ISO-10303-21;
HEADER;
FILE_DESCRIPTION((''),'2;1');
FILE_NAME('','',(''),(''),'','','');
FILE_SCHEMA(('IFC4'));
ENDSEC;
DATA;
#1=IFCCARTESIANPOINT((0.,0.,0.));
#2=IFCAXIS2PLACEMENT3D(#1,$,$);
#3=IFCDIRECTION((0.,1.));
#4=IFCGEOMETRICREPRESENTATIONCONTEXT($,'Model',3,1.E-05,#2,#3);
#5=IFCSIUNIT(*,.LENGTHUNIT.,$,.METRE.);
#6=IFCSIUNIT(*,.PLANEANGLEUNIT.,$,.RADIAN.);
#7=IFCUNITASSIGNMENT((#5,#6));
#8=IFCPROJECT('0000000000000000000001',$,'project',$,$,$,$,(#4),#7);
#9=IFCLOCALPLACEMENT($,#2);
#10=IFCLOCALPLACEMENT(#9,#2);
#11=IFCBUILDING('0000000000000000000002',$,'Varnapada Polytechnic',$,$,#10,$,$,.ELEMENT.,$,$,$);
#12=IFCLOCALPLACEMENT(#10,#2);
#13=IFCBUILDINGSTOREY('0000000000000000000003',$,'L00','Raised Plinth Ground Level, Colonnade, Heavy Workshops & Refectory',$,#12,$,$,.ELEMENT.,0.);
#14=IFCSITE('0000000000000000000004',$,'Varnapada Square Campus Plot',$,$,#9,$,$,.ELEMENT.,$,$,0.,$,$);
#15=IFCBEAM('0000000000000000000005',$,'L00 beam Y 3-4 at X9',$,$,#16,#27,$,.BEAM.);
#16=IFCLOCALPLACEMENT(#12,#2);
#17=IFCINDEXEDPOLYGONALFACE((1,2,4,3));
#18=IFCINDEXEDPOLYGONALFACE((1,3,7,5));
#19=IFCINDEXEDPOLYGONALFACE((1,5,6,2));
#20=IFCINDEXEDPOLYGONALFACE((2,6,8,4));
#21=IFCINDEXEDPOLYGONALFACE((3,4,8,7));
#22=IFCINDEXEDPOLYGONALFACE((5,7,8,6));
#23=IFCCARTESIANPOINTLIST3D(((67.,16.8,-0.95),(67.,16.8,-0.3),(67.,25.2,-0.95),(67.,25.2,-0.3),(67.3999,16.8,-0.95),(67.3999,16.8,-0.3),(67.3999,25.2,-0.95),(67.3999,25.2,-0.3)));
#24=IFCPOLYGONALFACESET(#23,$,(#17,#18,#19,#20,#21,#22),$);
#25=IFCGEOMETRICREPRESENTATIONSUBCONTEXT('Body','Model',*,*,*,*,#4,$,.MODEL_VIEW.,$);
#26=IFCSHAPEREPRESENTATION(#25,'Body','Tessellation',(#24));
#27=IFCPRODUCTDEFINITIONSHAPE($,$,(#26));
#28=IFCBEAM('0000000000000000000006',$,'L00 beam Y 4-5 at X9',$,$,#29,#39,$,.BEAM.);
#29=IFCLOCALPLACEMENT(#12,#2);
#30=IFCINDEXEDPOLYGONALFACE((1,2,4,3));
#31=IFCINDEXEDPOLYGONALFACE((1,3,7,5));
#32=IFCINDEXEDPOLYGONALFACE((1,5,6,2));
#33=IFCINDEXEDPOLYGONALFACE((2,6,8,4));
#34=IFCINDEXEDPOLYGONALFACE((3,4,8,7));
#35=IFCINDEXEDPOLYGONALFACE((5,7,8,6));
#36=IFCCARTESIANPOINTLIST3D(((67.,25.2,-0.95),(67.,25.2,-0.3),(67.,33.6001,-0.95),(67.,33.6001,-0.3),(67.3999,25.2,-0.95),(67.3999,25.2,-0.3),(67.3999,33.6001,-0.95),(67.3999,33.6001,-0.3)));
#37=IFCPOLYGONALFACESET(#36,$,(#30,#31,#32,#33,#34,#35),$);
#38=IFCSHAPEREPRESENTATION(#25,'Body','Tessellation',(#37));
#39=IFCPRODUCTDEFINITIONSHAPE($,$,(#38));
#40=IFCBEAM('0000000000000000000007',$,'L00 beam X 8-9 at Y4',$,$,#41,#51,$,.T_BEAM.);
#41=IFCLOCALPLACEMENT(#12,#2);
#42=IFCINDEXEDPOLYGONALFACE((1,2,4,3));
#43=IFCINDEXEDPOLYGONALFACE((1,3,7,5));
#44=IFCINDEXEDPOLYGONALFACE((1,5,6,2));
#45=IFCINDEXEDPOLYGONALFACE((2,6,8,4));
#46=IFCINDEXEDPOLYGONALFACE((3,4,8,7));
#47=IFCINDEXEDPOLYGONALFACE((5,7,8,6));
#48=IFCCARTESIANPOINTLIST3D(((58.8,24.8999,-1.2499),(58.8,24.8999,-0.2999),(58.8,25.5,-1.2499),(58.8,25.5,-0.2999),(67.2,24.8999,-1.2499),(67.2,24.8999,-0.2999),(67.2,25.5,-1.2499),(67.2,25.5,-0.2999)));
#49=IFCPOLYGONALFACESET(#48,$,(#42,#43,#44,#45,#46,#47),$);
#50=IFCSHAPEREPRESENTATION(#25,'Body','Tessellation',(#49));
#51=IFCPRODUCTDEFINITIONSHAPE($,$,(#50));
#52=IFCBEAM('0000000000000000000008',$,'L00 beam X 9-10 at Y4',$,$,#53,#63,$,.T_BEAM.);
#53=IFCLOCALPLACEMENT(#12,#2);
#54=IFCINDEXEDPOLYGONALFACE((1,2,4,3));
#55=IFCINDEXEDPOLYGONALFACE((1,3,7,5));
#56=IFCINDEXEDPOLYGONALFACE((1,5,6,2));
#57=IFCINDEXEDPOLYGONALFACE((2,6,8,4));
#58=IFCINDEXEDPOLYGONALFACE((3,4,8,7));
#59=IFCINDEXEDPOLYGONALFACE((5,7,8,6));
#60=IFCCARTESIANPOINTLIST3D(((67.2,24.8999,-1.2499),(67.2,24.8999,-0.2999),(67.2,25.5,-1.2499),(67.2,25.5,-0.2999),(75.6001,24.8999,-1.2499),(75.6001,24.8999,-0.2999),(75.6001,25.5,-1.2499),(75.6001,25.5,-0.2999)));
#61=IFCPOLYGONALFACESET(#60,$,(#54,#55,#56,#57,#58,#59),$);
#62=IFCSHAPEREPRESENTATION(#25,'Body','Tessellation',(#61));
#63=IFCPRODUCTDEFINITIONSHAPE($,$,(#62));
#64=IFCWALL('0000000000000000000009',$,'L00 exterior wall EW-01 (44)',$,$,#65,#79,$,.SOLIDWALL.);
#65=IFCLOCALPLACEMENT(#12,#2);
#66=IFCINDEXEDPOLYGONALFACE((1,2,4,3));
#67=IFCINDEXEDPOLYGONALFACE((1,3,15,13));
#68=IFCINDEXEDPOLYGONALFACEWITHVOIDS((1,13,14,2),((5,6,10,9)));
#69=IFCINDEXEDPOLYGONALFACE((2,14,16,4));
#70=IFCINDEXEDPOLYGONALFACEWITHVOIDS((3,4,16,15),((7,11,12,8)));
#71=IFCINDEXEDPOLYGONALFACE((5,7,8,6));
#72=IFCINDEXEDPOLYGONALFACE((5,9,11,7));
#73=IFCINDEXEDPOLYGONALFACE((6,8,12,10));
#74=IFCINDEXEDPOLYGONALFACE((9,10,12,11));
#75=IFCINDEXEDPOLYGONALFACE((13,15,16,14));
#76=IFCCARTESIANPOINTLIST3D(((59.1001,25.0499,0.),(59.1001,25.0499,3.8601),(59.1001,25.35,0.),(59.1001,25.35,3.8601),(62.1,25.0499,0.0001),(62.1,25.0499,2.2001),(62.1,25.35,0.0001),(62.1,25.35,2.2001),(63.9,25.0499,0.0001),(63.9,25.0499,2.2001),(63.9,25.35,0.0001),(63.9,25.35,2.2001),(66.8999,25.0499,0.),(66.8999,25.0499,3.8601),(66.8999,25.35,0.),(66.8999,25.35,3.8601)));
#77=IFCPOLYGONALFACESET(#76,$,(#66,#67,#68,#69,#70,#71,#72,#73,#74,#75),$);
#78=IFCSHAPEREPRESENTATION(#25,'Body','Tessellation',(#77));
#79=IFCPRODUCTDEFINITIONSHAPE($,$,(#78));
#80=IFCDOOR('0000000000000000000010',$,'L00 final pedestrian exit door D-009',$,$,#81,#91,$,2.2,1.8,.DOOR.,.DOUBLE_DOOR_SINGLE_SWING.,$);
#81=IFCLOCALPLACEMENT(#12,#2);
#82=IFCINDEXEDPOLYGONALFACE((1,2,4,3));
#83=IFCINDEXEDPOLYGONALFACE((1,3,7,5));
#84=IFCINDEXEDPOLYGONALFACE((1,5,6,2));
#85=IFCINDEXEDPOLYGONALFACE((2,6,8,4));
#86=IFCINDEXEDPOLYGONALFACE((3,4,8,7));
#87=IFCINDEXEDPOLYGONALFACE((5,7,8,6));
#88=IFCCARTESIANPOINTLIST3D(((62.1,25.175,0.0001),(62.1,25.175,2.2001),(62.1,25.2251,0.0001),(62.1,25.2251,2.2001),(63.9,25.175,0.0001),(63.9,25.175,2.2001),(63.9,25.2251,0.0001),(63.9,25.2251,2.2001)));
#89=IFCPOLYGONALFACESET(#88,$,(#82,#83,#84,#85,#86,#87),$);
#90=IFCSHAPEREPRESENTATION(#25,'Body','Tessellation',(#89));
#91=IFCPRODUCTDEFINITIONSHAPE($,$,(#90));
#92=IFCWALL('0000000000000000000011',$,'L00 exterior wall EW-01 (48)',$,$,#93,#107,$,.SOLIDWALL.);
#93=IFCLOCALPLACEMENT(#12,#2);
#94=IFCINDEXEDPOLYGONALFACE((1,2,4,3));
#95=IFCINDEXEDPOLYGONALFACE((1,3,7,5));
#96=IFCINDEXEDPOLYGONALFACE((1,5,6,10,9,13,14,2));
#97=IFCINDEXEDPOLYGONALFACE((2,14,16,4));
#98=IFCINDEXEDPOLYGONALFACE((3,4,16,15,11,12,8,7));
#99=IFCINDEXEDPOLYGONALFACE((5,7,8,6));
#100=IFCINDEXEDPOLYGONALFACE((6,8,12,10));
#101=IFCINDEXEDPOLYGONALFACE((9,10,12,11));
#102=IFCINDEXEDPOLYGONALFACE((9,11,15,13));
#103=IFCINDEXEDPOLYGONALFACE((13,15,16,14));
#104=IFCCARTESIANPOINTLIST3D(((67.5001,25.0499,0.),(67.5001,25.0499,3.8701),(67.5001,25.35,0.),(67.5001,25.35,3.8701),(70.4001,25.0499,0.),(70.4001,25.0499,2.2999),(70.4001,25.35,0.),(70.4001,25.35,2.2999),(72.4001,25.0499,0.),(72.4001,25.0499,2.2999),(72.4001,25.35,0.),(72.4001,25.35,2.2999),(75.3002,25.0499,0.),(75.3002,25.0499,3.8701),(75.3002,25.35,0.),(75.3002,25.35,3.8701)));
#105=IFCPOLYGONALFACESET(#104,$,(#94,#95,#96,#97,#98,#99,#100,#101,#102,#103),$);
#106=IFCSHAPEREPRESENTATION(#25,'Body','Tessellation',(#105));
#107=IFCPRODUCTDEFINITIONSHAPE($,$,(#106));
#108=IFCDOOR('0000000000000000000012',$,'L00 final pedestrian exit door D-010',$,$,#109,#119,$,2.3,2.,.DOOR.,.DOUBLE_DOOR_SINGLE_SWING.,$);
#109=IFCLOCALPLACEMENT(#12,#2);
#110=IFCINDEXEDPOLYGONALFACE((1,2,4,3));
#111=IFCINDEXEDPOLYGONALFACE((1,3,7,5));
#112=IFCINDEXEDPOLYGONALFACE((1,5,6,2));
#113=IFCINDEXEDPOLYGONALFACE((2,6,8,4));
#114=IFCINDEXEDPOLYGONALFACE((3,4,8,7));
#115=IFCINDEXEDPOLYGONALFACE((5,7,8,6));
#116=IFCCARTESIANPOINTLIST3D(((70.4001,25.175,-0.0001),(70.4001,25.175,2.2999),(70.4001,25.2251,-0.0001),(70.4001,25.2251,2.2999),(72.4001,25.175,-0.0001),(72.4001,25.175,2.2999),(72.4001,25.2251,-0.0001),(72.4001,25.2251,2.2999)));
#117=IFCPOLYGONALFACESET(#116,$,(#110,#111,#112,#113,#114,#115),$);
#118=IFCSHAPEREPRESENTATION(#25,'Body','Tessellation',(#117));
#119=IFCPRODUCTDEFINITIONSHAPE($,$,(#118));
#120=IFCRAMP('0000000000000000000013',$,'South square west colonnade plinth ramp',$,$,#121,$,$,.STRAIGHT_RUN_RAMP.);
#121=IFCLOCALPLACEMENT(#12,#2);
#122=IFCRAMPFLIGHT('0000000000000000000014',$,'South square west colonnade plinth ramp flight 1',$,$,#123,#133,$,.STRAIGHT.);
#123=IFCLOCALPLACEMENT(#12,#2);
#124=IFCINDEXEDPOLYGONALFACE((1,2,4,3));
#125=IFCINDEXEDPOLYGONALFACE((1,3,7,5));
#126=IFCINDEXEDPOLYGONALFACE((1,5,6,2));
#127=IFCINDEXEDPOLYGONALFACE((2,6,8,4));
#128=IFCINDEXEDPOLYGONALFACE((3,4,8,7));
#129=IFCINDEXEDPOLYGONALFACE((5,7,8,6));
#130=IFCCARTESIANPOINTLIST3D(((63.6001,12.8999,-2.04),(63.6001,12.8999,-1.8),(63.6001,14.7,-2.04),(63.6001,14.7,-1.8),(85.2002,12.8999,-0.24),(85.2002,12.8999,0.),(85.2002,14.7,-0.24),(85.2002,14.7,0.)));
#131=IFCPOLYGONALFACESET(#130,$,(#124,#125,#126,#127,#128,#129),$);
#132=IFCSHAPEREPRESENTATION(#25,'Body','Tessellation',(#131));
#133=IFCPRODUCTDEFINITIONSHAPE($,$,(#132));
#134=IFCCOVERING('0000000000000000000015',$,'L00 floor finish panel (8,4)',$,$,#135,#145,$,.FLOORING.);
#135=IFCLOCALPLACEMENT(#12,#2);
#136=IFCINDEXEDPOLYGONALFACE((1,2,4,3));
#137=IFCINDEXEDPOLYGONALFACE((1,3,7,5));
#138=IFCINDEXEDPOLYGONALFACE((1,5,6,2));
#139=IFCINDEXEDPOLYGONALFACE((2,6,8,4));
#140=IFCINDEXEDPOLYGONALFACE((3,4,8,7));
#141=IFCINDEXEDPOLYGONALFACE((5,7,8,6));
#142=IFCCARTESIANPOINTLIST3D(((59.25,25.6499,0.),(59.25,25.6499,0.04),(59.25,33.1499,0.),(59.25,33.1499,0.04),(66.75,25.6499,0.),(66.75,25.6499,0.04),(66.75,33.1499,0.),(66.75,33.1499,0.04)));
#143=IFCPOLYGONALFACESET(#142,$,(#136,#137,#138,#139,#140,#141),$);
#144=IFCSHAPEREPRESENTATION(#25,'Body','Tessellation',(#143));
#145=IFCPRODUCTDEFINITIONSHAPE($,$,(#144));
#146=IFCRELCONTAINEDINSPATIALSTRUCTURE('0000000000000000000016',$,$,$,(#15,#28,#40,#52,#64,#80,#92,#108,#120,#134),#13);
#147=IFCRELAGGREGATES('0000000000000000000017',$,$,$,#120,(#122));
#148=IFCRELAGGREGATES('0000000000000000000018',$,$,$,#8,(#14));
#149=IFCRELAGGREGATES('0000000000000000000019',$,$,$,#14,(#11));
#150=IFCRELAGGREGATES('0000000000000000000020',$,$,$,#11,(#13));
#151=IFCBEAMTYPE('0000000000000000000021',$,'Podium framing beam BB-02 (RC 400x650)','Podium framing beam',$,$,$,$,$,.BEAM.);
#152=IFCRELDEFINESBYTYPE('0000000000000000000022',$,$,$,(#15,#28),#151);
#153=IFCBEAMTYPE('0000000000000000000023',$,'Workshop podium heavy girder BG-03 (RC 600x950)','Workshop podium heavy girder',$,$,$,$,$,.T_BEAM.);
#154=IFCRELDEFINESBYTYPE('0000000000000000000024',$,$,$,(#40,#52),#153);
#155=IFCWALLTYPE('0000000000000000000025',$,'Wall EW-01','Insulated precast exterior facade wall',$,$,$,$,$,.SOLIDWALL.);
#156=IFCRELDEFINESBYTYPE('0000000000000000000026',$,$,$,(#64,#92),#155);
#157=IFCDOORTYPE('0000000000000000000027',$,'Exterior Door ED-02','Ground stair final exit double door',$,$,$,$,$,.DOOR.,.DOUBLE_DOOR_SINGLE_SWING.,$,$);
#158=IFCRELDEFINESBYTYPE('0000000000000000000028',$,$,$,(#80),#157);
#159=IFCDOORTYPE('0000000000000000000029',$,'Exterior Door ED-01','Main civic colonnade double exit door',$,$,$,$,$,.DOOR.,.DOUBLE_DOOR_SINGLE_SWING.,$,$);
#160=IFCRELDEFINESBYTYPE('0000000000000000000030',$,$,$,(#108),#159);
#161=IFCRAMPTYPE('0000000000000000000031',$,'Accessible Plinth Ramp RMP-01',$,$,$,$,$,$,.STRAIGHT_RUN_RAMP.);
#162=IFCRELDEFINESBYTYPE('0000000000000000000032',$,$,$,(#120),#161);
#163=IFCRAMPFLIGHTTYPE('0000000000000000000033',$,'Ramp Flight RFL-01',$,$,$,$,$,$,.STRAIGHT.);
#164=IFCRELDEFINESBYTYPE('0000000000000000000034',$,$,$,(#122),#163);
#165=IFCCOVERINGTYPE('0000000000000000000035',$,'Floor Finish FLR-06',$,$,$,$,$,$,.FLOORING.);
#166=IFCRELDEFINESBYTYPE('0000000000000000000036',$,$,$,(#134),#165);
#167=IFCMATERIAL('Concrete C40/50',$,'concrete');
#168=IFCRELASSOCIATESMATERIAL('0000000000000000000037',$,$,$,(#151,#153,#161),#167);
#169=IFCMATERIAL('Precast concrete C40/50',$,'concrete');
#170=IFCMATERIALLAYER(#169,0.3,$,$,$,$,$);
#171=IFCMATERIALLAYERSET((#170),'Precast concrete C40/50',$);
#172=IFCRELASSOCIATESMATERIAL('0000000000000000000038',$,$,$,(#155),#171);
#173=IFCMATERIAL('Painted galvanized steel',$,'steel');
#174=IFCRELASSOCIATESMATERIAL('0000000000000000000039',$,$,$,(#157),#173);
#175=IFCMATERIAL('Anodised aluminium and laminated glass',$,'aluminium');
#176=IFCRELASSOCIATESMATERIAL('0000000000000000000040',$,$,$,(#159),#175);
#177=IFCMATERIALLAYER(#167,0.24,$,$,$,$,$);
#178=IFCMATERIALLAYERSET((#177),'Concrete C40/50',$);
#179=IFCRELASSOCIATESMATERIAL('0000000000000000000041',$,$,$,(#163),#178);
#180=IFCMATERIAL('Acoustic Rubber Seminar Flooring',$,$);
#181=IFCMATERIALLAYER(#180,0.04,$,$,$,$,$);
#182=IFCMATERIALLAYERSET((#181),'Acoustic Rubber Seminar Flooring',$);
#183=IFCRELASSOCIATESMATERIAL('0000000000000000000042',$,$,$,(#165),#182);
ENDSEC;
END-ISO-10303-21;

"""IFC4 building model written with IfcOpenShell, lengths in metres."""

from ifc_helpers import new_model, si_unit, direction, frame, frame_2d, origin, origin_2d, place, context, subcontext, project, spatial, polyline, rectangle, outline, extrude, material, layer, layer_set, material_profile, profile_set, type_object, element, fill, aggregate, save


model = new_model("IFC4")

# Units and contexts
model_context = context("Model", 3, precision=1e-05, world=origin(), true_north=direction((0.0, 1.0)))
body_context = subcontext(model_context, "Body", "Model", "MODEL_VIEW")
ifc_project = project(units=[si_unit("LENGTHUNIT", "METRE"), si_unit("PLANEANGLEUNIT", "RADIAN")], contexts=[model_context])

# Site, building, storey
site_placement = place(None, origin())
site = spatial("IfcSite", under=ifc_project, at=site_placement, Name="Varnapada Square Campus Plot", CompositionType="ELEMENT", RefElevation=0.0)
building_placement = place(site_placement, origin())
building = spatial("IfcBuilding", under=site, at=building_placement, Name="Varnapada Polytechnic", CompositionType="ELEMENT")
storey_placement = place(building_placement, origin())
storey = spatial("IfcBuildingStorey", under=building, at=storey_placement, Name="L00", Description="Raised Plinth Ground Level, Colonnade, Heavy Workshops & Refectory", CompositionType="ELEMENT", Elevation=0.0)

# Shared definitions
ifc_material_1 = material(Name="Concrete C40/50", Category="concrete")

# Beams
ifc_material_profile_1 = material_profile(ifc_material_1, rectangle(XDim=0.3999, YDim=0.6499, at=origin_2d()), Name="RC 400x650")
ifc_profile_set_1 = profile_set([ifc_material_profile_1], Name="Concrete C40/50")
beam_type_1 = type_object("IfcBeamType", Name="Podium framing beam BB-02 (RC 400x650)", Description="Podium framing beam", PredefinedType="BEAM", material=ifc_profile_set_1)
beam_1_placement = place(storey_placement, frame((67.2, 16.8, -0.625), z_axis=(0.0, 1.0, 0.0), x_axis=(-1.0, 0.0, 0.0)))
element("IfcBeam", 1, at=beam_1_placement, inside=storey, type_object=beam_type_1, Name="L00 beam Y 3-4 at X9", PredefinedType="BEAM", context=body_context, shape_type="SweptSolid", body=[
    extrude(rectangle(XDim=0.3999, YDim=0.6499, at=origin_2d()), origin(), (0.0, 0.0, 1.0), 8.3999),
])
beam_2_placement = place(storey_placement, frame((67.2, 25.2, -0.625), z_axis=(0.0, 1.0, 0.0), x_axis=(-1.0, 0.0, 0.0)))
element("IfcBeam", 2, at=beam_2_placement, inside=storey, type_object=beam_type_1, Name="L00 beam Y 4-5 at X9", PredefinedType="BEAM", context=body_context, shape_type="SweptSolid", body=[
    extrude(rectangle(XDim=0.3999, YDim=0.6499, at=origin_2d()), origin(), (0.0, 0.0, 1.0), 8.4001),
])
ifc_material_profile_2 = material_profile(ifc_material_1, rectangle(XDim=0.6001, YDim=0.95, at=origin_2d()), Name="RC 600x950")
ifc_profile_set_2 = profile_set([ifc_material_profile_2], Name="Concrete C40/50")
beam_type_2 = type_object("IfcBeamType", Name="Workshop podium heavy girder BG-03 (RC 600x950)", Description="Workshop podium heavy girder", PredefinedType="T_BEAM", material=ifc_profile_set_2)
beam_3_placement = place(storey_placement, frame((58.8, 25.2, -0.7749), z_axis=(1.0, 0.0, 0.0), x_axis=(0.0, 1.0, 0.0)))
element("IfcBeam", 3, at=beam_3_placement, inside=storey, type_object=beam_type_2, Name="L00 beam X 8-9 at Y4", PredefinedType="T_BEAM", context=body_context, shape_type="SweptSolid", body=[
    extrude(rectangle(XDim=0.6001, YDim=0.95, at=origin_2d()), origin(), (0.0, 0.0, 1.0), 8.3999),
])
beam_4_placement = place(storey_placement, frame((67.2, 25.2, -0.7749), z_axis=(1.0, 0.0, 0.0), x_axis=(0.0, 1.0, 0.0)))
element("IfcBeam", 4, at=beam_4_placement, inside=storey, type_object=beam_type_2, Name="L00 beam X 9-10 at Y4", PredefinedType="T_BEAM", context=body_context, shape_type="SweptSolid", body=[
    extrude(rectangle(XDim=0.6001, YDim=0.95, at=origin_2d()), origin(), (0.0, 0.0, 1.0), 8.4001),
])

# Walls, openings, doors
ifc_material_2 = material(Name="Precast concrete C40/50", Category="concrete")
ifc_layer_1 = layer(ifc_material_2, 0.3)
ifc_layer_set_1 = layer_set([ifc_layer_1], Name="Precast concrete C40/50")
wall_type = type_object("IfcWallType", Name="Wall EW-01", Description="Insulated precast exterior facade wall", PredefinedType="SOLIDWALL", material=ifc_layer_set_1)
wall_1_placement = place(storey_placement, frame((66.8999, 25.2, 0.0), z_axis=(0.0, 0.0, 1.0), x_axis=(-1.0, 0.0, 0.0)))
wall_1 = element("IfcWall", 5, at=wall_1_placement, inside=storey, type_object=wall_type, Name="L00 exterior wall EW-01 (44)", PredefinedType="SOLIDWALL", context=body_context, shape_type="SweptSolid", body=[
    extrude(rectangle(XDim=7.7998, YDim=0.3, at=frame_2d((3.8999, 0.0))), origin(), (0.0, 0.0, 1.0), 3.8601),
])
opening_1_placement = place(wall_1_placement, frame((3.0, 0.0, 0.0)))
opening_1 = element("IfcOpeningElement", 6, at=opening_1_placement, cuts=wall_1, PredefinedType="OPENING", context=body_context, shape_type="SweptSolid", body=[
    extrude(rectangle(XDim=1.8, YDim=2.2, at=frame_2d((0.8999, 1.1001))), frame((0.0, 0.1599, 0.0), z_axis=(0.0, -1.0, 0.0), x_axis=(1.0, 0.0, 0.0)), (0.0, 0.0, 1.0), 0.3201),
])
ifc_material_3 = material(Name="Painted galvanized steel", Category="steel")
door_type_1 = type_object("IfcDoorType", Name="Exterior Door ED-02", Description="Ground stair final exit double door", OperationType="DOUBLE_DOOR_SINGLE_SWING", PredefinedType="DOOR", material=ifc_material_3)
door_1_placement = place(opening_1_placement, origin())
door_1 = element("IfcDoor", 7, at=door_1_placement, inside=storey, type_object=door_type_1, Name="L00 final pedestrian exit door D-009", OperationType="DOUBLE_DOOR_SINGLE_SWING", OverallHeight=2.2, OverallWidth=1.8, PredefinedType="DOOR", context=body_context, shape_type="SweptSolid", body=[
    extrude(rectangle(XDim=1.8, YDim=2.2, at=frame_2d((0.8999, 1.1001))), frame((0.0, 0.0249, 0.0), z_axis=(0.0, -1.0, 0.0), x_axis=(1.0, 0.0, 0.0)), (0.0, 0.0, 1.0), 0.05),
])
fill(opening_1, door_1)
wall_2_placement = place(storey_placement, frame((75.3, 25.2, 0.0), z_axis=(0.0, 0.0, 1.0), x_axis=(-1.0, 0.0, 0.0)))
wall_2 = element("IfcWall", 8, at=wall_2_placement, inside=storey, type_object=wall_type, Name="L00 exterior wall EW-01 (48)", PredefinedType="SOLIDWALL", context=body_context, shape_type="SweptSolid", body=[
    extrude(rectangle(XDim=7.8, YDim=0.3, at=frame_2d((3.8999, 0.0))), origin(), (0.0, 0.0, 1.0), 3.8701),
])
opening_2_placement = place(wall_2_placement, frame((2.8999, 0.0, 0.0)))
opening_2 = element("IfcOpeningElement", 9, at=opening_2_placement, cuts=wall_2, PredefinedType="OPENING", context=body_context, shape_type="SweptSolid", body=[
    extrude(rectangle(XDim=2.0, YDim=2.3, at=frame_2d((1.0, 1.1499))), frame((0.0, 0.1599, 0.0), z_axis=(0.0, -1.0, 0.0), x_axis=(1.0, 0.0, 0.0)), (0.0, 0.0, 1.0), 0.3201),
])
ifc_material_4 = material(Name="Anodised aluminium and laminated glass", Category="aluminium")
door_type_2 = type_object("IfcDoorType", Name="Exterior Door ED-01", Description="Main civic colonnade double exit door", OperationType="DOUBLE_DOOR_SINGLE_SWING", PredefinedType="DOOR", material=ifc_material_4)
door_2_placement = place(opening_2_placement, origin())
door_2 = element("IfcDoor", 10, at=door_2_placement, inside=storey, type_object=door_type_2, Name="L00 final pedestrian exit door D-010", OperationType="DOUBLE_DOOR_SINGLE_SWING", OverallHeight=2.3, OverallWidth=2.0, PredefinedType="DOOR", context=body_context, shape_type="SweptSolid", body=[
    extrude(rectangle(XDim=2.0, YDim=2.3, at=frame_2d((1.0, 1.1499))), frame((0.0, 0.0249, 0.0), z_axis=(0.0, -1.0, 0.0), x_axis=(1.0, 0.0, 0.0)), (0.0, 0.0, 1.0), 0.05),
])
fill(opening_2, door_2)

# Ramp, ramp flight
ramp_type = type_object("IfcRampType", Name="Accessible Plinth Ramp RMP-01", PredefinedType="STRAIGHT_RUN_RAMP", material=ifc_material_1)
ramp_placement = place(storey_placement, origin())
ramp = element("IfcRamp", 11, at=ramp_placement, inside=storey, type_object=ramp_type, Name="South square west colonnade plinth ramp", PredefinedType="STRAIGHT_RUN_RAMP")
ifc_layer_2 = layer(ifc_material_1, 0.24)
ifc_layer_set_2 = layer_set([ifc_layer_2], Name="Concrete C40/50")
ramp_flight_type = type_object("IfcRampFlightType", Name="Ramp Flight RFL-01", PredefinedType="STRAIGHT", material=ifc_layer_set_2)
ramp_flight_placement = place(storey_placement, frame((63.6001, 13.8, -1.8), z_axis=(0.0, 0.0, 1.0), x_axis=(1.0, 0.0, 0.0)))
ramp_flight = element("IfcRampFlight", 12, at=ramp_flight_placement, type_object=ramp_flight_type, Name="South square west colonnade plinth ramp flight 1", PredefinedType="STRAIGHT", context=body_context, shape_type="SweptSolid", body=[
    extrude(outline(polyline([(0.0, 0.0), (21.6001, 1.8), (21.6001, 1.5601), (0.0, -0.24), (0.0, 0.0)])), frame((0.0, 0.8999, 0.0), z_axis=(0.0, -1.0, 0.0), x_axis=(1.0, 0.0, 0.0)), (0.0, 0.0, 1.0), 1.8),
])
aggregate(ramp, [ramp_flight])

# Covering
ifc_material_5 = material(Name="Acoustic Rubber Seminar Flooring")
ifc_layer_3 = layer(ifc_material_5, 0.04)
ifc_layer_set_3 = layer_set([ifc_layer_3], Name="Acoustic Rubber Seminar Flooring")
covering_type = type_object("IfcCoveringType", Name="Floor Finish FLR-06", PredefinedType="FLOORING", material=ifc_layer_set_3)
covering_placement = place(storey_placement, frame((63.0, 29.3999, 0.0), z_axis=(0.0, 0.0, 1.0), x_axis=(1.0, 0.0, 0.0)))
element("IfcCovering", 13, at=covering_placement, inside=storey, type_object=covering_type, Name="L00 floor finish panel (8,4)", PredefinedType="FLOORING", context=body_context, shape_type="SweptSolid", body=[
    extrude(rectangle(XDim=7.5, YDim=7.5, at=origin_2d()), origin(), (0.0, 0.0, 1.0), 0.04),
])

save(model, "model.ifc")
